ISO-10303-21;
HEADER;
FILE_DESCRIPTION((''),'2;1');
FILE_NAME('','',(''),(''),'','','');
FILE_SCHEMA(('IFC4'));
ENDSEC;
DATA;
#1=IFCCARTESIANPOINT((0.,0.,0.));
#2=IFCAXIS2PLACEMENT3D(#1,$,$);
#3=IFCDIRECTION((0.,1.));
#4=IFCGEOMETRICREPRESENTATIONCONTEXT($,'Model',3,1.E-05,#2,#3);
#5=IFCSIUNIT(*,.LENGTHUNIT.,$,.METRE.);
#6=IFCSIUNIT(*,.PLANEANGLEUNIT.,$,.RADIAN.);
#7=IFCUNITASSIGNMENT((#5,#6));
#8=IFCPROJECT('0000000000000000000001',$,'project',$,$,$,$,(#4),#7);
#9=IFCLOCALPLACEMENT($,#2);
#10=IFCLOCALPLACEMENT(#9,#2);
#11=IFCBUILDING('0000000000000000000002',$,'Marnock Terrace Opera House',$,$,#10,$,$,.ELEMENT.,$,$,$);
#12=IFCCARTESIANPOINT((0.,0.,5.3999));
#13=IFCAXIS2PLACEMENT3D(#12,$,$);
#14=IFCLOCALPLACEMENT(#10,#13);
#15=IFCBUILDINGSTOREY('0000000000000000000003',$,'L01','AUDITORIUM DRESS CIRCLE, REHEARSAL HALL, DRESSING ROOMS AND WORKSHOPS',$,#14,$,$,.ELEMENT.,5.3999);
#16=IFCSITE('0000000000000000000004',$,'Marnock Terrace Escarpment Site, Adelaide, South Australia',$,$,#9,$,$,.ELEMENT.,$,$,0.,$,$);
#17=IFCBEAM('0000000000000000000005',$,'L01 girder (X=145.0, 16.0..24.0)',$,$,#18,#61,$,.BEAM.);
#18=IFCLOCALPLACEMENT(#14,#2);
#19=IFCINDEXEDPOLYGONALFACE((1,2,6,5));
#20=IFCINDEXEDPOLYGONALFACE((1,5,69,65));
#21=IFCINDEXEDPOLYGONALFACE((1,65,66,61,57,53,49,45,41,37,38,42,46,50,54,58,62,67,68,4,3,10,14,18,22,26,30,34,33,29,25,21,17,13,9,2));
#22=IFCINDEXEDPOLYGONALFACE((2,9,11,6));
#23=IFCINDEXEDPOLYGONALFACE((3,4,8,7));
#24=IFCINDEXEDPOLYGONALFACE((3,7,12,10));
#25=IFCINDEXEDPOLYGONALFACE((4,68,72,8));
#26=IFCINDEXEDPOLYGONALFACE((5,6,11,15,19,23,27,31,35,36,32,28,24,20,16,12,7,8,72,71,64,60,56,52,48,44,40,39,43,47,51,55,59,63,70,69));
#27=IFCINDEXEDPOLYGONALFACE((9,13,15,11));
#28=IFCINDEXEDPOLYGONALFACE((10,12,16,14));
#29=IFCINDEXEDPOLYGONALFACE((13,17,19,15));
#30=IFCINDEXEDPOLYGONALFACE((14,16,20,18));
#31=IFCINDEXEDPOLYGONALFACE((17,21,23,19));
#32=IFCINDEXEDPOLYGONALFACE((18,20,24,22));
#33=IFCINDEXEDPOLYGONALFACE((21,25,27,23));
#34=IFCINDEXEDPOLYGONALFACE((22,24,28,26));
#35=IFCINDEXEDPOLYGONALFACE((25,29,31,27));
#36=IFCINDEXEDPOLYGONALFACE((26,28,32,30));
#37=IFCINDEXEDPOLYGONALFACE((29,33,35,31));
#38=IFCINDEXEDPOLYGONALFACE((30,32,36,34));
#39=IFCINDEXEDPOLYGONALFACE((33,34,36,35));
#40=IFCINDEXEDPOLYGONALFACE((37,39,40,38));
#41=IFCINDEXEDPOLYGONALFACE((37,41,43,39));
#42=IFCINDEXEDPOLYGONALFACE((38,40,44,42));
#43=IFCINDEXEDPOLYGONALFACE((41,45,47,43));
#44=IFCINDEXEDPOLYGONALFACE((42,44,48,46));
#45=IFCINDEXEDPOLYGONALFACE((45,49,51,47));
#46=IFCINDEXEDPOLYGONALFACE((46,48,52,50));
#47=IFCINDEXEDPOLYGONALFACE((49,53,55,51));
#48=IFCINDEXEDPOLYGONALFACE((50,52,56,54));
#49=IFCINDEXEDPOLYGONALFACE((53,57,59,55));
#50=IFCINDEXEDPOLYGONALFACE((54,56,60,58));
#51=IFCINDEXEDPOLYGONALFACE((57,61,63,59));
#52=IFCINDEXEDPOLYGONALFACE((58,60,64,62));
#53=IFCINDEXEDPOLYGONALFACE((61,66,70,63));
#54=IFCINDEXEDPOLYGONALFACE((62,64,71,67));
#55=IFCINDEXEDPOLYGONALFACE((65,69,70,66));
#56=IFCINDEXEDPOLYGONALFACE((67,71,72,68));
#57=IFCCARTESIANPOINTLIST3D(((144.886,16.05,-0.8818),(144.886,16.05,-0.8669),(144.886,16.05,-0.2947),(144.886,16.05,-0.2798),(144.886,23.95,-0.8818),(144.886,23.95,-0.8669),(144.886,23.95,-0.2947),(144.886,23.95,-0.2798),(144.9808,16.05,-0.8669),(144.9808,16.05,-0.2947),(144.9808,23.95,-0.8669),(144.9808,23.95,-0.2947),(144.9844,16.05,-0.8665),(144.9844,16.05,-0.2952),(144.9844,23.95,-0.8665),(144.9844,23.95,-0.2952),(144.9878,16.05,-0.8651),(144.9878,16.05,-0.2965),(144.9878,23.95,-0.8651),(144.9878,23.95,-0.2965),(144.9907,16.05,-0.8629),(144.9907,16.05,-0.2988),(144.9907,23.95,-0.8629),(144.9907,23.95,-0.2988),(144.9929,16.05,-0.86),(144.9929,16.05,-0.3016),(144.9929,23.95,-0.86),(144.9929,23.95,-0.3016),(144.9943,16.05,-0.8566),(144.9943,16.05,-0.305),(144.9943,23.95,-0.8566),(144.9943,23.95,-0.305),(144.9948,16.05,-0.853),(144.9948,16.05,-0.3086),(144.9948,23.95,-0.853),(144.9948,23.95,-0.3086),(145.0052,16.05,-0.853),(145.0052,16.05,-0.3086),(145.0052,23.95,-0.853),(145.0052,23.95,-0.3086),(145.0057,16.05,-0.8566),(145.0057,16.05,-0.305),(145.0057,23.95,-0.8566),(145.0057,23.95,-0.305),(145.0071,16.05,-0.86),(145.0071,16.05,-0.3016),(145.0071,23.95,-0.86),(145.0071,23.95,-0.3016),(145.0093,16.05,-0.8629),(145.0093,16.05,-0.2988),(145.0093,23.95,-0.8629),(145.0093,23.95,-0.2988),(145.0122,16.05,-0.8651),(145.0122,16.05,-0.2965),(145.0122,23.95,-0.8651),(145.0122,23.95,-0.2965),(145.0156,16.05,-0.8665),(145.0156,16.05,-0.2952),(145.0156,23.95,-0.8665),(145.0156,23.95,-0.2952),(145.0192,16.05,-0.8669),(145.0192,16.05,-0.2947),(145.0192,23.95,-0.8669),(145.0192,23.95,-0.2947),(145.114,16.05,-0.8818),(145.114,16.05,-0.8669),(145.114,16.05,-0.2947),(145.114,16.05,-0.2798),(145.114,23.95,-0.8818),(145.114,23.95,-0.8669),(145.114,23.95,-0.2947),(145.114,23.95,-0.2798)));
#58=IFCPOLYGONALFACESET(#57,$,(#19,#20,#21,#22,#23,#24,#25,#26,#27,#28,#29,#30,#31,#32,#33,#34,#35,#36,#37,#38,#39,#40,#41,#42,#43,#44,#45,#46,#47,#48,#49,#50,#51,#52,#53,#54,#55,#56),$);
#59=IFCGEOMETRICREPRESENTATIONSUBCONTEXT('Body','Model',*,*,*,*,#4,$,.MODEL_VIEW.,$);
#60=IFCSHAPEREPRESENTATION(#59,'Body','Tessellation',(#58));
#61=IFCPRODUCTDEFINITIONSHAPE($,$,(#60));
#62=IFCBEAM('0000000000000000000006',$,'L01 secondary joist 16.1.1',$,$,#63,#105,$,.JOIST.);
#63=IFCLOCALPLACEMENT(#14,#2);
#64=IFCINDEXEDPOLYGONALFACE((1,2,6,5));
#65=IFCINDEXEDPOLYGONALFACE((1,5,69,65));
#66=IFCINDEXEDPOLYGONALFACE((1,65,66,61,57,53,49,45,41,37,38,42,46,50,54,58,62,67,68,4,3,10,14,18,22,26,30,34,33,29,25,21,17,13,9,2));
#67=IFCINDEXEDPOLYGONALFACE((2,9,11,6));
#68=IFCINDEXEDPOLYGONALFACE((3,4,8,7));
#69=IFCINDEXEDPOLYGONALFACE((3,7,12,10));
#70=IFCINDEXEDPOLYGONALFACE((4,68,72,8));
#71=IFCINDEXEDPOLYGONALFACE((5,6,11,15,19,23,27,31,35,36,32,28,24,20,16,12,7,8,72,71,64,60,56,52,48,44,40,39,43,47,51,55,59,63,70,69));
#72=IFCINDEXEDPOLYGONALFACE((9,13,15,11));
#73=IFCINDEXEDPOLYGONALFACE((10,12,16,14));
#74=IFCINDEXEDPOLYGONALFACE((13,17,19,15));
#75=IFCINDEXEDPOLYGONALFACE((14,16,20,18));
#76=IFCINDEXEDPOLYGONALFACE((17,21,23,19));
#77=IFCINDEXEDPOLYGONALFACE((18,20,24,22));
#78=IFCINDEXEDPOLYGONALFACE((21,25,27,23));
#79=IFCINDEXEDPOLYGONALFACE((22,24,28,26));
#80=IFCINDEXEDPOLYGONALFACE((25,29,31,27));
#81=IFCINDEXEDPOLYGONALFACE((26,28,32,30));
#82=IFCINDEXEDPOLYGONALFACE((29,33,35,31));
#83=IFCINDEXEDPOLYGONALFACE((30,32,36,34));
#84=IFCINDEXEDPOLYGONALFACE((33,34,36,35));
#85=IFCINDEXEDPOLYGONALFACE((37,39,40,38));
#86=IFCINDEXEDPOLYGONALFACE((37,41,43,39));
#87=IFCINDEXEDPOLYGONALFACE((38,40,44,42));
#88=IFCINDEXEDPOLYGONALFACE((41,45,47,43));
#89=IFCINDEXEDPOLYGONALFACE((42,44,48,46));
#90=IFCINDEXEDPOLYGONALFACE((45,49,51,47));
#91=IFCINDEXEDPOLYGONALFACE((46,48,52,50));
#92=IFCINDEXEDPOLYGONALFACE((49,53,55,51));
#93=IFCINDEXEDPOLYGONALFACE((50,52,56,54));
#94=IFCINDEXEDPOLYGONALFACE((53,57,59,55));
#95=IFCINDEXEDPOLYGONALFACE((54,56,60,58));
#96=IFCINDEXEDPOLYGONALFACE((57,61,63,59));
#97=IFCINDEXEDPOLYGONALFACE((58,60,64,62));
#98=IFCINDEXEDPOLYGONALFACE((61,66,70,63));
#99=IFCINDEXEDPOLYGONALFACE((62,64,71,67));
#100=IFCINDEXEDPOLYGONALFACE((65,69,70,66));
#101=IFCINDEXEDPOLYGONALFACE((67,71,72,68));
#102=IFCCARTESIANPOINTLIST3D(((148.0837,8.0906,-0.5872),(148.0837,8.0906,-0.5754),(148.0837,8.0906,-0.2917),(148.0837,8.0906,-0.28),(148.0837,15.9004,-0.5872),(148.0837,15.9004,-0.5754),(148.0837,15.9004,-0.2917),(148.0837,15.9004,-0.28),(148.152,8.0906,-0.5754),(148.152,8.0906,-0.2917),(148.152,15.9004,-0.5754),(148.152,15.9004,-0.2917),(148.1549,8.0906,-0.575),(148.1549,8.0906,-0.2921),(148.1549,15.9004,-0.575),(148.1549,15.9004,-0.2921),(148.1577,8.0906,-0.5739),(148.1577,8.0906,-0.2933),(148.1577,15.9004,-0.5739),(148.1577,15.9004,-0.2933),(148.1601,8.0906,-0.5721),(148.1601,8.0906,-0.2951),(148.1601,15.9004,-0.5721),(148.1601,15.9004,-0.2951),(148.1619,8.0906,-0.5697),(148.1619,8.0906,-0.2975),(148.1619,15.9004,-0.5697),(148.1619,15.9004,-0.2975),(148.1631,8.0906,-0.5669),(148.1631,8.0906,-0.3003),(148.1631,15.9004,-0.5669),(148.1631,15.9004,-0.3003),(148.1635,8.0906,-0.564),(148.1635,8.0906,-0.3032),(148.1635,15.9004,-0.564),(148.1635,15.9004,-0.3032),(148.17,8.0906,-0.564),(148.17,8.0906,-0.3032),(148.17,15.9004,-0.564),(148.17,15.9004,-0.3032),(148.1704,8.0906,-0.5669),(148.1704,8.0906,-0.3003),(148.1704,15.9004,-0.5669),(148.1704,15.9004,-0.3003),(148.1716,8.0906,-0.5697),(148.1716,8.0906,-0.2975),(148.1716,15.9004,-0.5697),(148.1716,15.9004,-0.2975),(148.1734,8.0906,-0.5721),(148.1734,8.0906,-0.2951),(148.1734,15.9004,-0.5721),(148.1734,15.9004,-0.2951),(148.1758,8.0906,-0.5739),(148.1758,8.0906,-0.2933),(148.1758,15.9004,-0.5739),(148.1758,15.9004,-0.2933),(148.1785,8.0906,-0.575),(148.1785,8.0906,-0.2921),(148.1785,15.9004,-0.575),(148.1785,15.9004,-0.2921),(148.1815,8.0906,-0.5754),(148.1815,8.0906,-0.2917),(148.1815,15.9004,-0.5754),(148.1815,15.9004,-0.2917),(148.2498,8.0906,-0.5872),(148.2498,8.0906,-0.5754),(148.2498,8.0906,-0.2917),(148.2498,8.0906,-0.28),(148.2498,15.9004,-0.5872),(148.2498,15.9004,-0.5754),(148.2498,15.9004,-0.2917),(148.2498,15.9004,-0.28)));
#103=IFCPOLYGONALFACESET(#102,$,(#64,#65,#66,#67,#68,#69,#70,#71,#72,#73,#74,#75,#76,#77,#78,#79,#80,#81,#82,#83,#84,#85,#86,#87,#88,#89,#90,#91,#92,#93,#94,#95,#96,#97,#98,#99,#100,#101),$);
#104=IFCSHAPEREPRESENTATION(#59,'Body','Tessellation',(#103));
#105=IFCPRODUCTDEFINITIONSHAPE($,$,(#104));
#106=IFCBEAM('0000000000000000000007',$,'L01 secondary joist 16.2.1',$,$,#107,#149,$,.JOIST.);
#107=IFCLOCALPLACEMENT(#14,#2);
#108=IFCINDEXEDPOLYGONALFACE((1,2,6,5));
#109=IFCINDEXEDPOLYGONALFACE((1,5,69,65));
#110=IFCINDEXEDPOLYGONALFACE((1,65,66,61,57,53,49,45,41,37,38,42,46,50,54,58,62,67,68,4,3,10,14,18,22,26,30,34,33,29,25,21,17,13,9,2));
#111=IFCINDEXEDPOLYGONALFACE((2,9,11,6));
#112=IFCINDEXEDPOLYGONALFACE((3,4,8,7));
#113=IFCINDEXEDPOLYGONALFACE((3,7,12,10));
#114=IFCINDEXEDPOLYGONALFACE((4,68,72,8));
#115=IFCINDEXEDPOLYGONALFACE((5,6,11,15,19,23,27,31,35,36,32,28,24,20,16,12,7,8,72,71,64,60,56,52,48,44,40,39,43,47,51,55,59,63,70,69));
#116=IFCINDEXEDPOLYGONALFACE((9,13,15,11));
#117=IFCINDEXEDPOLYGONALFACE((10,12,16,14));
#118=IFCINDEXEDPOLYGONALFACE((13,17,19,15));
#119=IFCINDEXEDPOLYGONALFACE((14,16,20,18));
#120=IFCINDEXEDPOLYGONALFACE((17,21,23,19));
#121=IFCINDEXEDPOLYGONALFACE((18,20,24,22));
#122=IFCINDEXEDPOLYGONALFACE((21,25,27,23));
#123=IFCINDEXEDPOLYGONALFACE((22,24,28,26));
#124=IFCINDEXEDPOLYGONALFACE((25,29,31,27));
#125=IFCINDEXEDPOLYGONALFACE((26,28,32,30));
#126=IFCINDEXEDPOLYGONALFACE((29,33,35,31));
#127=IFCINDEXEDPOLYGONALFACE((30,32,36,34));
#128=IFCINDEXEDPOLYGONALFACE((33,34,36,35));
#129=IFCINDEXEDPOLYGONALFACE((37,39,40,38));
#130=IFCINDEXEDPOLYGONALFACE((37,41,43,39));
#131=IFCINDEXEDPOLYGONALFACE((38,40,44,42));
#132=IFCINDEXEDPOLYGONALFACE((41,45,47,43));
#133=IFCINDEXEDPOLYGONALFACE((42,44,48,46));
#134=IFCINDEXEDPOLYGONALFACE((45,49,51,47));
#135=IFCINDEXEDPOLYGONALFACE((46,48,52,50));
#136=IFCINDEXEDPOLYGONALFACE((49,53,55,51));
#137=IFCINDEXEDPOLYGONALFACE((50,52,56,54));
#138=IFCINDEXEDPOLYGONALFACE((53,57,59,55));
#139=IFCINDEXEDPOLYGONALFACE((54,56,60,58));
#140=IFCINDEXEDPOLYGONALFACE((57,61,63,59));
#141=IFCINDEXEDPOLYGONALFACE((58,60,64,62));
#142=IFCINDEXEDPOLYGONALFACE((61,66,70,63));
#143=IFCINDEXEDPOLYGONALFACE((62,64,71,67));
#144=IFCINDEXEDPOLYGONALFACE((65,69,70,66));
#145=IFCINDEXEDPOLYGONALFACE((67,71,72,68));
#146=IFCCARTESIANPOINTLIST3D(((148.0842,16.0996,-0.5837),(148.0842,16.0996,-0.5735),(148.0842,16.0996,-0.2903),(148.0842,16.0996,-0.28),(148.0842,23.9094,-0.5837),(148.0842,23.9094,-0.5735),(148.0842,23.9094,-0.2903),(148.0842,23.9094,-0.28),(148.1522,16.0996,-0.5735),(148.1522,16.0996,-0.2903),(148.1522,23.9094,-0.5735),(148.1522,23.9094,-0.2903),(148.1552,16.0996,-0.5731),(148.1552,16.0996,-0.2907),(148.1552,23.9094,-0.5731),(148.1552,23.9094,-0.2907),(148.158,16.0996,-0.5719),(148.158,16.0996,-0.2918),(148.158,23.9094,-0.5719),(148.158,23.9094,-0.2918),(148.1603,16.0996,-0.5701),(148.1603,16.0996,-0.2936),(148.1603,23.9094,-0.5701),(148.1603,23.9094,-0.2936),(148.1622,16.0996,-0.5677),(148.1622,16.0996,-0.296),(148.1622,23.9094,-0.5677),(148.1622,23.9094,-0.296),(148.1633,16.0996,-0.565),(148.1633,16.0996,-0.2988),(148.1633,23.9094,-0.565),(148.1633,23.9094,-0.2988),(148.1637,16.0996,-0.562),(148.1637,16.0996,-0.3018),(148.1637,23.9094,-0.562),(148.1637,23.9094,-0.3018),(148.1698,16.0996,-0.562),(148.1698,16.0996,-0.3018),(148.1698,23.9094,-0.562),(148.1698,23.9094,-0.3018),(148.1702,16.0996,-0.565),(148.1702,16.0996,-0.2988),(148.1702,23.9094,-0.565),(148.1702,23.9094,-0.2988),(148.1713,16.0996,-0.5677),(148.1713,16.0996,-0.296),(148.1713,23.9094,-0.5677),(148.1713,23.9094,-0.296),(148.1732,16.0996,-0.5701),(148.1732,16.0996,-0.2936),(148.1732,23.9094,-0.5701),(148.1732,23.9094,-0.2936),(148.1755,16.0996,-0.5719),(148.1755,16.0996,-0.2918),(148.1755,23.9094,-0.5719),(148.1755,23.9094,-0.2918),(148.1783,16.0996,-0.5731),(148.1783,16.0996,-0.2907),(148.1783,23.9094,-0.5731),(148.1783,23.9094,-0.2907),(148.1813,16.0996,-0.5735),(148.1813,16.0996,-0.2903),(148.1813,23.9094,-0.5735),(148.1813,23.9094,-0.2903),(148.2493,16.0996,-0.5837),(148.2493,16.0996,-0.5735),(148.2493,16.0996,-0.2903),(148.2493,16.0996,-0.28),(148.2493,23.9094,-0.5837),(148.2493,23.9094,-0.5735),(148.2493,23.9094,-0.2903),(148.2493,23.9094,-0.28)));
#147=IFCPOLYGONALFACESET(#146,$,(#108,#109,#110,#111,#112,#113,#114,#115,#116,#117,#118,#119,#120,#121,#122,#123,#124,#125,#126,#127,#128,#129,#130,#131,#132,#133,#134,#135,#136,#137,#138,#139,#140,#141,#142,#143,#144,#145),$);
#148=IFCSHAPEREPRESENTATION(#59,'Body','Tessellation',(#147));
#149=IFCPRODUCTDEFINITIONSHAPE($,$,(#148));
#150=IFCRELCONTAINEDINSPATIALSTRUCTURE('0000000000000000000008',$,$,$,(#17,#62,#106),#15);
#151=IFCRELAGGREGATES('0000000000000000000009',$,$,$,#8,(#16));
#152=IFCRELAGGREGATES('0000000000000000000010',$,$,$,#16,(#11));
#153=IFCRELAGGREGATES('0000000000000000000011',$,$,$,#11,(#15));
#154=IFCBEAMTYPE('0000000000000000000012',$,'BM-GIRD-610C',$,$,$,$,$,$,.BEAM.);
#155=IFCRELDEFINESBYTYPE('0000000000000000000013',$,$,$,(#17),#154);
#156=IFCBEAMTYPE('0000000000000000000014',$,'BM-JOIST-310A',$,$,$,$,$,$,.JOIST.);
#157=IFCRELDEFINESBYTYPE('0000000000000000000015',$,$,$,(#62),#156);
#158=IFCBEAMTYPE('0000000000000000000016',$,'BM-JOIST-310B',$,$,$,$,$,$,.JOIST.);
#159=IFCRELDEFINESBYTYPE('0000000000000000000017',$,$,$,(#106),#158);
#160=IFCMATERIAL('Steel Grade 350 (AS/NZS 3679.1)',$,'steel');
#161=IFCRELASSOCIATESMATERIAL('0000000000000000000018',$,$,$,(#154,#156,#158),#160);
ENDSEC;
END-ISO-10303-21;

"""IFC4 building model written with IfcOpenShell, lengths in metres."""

from ifc_helpers import new_model, si_unit, direction, frame, origin, origin_2d, place, context, subcontext, project, spatial, i_section, extrude, material, material_profile, profile_set, type_object, element, save


model = new_model("IFC4")

# Units and contexts
model_context = context("Model", 3, precision=1e-05, world=origin(), true_north=direction((0.0, 1.0)))
body_context = subcontext(model_context, "Body", "Model", "MODEL_VIEW")
ifc_project = project(units=[si_unit("LENGTHUNIT", "METRE"), si_unit("PLANEANGLEUNIT", "RADIAN")], contexts=[model_context])

# Site, building, storey
site_placement = place(None, origin())
site = spatial("IfcSite", under=ifc_project, at=site_placement, Name="Marnock Terrace Escarpment Site, Adelaide, South Australia", CompositionType="ELEMENT", RefElevation=0.0)
building_placement = place(site_placement, origin())
building = spatial("IfcBuilding", under=site, at=building_placement, Name="Marnock Terrace Opera House", CompositionType="ELEMENT")
storey_placement = place(building_placement, frame((0.0, 0.0, 5.3999)))
storey = spatial("IfcBuildingStorey", under=building, at=storey_placement, Name="L01", Description="AUDITORIUM DRESS CIRCLE, REHEARSAL HALL, DRESSING ROOMS AND WORKSHOPS", CompositionType="ELEMENT", Elevation=5.3999)

# Beams
ifc_material_1 = material(Name="Steel Grade 350 (AS/NZS 3679.1)", Category="steel")
ifc_material_profile_1 = material_profile(ifc_material_1, i_section(OverallWidth=0.228, OverallDepth=0.6021, WebThickness=0.0105, FlangeThickness=0.0149, FilletRadius=0.0139, at=origin_2d()))
ifc_profile_set_1 = profile_set([ifc_material_profile_1], Name="Steel Grade 350 (AS/NZS 3679.1)")
beam_type_1 = type_object("IfcBeamType", Name="BM-GIRD-610C", PredefinedType="BEAM", material=ifc_profile_set_1)
for number, where, z_axis, x_axis, name in (
    (1, (145.0, 16.05, -0.5808), (0.0, 1.0, 0.0), (-1.0, 0.0, 0.0), "L01 girder (X=145.0, 16.0..24.0)"),
):
    element("IfcBeam", number, at=place(storey_placement, frame(where, z_axis=z_axis, x_axis=x_axis)), inside=storey, type_object=beam_type_1, Name=name, PredefinedType="BEAM", context=body_context, shape_type="SweptSolid", body=[
        extrude(i_section(OverallWidth=0.228, OverallDepth=0.6021, WebThickness=0.0105, FlangeThickness=0.0149, FilletRadius=0.0139, at=origin_2d()), origin(), (0.0, 0.0, 1.0), 7.8999),
    ])
ifc_material_profile_2 = material_profile(ifc_material_1, i_section(OverallWidth=0.166, OverallDepth=0.3071, WebThickness=0.0066, FlangeThickness=0.0117, FilletRadius=0.0115, at=origin_2d()))
ifc_profile_set_2 = profile_set([ifc_material_profile_2], Name="Steel Grade 350 (AS/NZS 3679.1)")
beam_type_2 = type_object("IfcBeamType", Name="BM-JOIST-310A", PredefinedType="JOIST", material=ifc_profile_set_2)
beam_1_placement = place(storey_placement, frame((148.1667, 8.0906, -0.4336), z_axis=(0.0, 1.0, 0.0), x_axis=(-1.0, 0.0, 0.0)))
element("IfcBeam", 2, at=beam_1_placement, inside=storey, type_object=beam_type_2, Name="L01 secondary joist 16.1.1", PredefinedType="JOIST", context=body_context, shape_type="SweptSolid", body=[
    extrude(i_section(OverallWidth=0.166, OverallDepth=0.3071, WebThickness=0.0066, FlangeThickness=0.0117, FilletRadius=0.0115, at=origin_2d()), origin(), (0.0, 0.0, 1.0), 7.8098),
])
ifc_material_profile_3 = material_profile(ifc_material_1, i_section(OverallWidth=0.165, OverallDepth=0.3037, WebThickness=0.0061, FlangeThickness=0.0103, FilletRadius=0.0115, at=origin_2d()))
ifc_profile_set_3 = profile_set([ifc_material_profile_3], Name="Steel Grade 350 (AS/NZS 3679.1)")
beam_type_3 = type_object("IfcBeamType", Name="BM-JOIST-310B", PredefinedType="JOIST", material=ifc_profile_set_3)
beam_2_placement = place(storey_placement, frame((148.1667, 16.0996, -0.4319), z_axis=(0.0, 1.0, 0.0), x_axis=(-1.0, 0.0, 0.0)))
element("IfcBeam", 3, at=beam_2_placement, inside=storey, type_object=beam_type_3, Name="L01 secondary joist 16.2.1", PredefinedType="JOIST", context=body_context, shape_type="SweptSolid", body=[
    extrude(i_section(OverallWidth=0.165, OverallDepth=0.3037, WebThickness=0.0061, FlangeThickness=0.0103, FilletRadius=0.0115, at=origin_2d()), origin(), (0.0, 0.0, 1.0), 7.8098),
])

save(model, "model.ifc")
